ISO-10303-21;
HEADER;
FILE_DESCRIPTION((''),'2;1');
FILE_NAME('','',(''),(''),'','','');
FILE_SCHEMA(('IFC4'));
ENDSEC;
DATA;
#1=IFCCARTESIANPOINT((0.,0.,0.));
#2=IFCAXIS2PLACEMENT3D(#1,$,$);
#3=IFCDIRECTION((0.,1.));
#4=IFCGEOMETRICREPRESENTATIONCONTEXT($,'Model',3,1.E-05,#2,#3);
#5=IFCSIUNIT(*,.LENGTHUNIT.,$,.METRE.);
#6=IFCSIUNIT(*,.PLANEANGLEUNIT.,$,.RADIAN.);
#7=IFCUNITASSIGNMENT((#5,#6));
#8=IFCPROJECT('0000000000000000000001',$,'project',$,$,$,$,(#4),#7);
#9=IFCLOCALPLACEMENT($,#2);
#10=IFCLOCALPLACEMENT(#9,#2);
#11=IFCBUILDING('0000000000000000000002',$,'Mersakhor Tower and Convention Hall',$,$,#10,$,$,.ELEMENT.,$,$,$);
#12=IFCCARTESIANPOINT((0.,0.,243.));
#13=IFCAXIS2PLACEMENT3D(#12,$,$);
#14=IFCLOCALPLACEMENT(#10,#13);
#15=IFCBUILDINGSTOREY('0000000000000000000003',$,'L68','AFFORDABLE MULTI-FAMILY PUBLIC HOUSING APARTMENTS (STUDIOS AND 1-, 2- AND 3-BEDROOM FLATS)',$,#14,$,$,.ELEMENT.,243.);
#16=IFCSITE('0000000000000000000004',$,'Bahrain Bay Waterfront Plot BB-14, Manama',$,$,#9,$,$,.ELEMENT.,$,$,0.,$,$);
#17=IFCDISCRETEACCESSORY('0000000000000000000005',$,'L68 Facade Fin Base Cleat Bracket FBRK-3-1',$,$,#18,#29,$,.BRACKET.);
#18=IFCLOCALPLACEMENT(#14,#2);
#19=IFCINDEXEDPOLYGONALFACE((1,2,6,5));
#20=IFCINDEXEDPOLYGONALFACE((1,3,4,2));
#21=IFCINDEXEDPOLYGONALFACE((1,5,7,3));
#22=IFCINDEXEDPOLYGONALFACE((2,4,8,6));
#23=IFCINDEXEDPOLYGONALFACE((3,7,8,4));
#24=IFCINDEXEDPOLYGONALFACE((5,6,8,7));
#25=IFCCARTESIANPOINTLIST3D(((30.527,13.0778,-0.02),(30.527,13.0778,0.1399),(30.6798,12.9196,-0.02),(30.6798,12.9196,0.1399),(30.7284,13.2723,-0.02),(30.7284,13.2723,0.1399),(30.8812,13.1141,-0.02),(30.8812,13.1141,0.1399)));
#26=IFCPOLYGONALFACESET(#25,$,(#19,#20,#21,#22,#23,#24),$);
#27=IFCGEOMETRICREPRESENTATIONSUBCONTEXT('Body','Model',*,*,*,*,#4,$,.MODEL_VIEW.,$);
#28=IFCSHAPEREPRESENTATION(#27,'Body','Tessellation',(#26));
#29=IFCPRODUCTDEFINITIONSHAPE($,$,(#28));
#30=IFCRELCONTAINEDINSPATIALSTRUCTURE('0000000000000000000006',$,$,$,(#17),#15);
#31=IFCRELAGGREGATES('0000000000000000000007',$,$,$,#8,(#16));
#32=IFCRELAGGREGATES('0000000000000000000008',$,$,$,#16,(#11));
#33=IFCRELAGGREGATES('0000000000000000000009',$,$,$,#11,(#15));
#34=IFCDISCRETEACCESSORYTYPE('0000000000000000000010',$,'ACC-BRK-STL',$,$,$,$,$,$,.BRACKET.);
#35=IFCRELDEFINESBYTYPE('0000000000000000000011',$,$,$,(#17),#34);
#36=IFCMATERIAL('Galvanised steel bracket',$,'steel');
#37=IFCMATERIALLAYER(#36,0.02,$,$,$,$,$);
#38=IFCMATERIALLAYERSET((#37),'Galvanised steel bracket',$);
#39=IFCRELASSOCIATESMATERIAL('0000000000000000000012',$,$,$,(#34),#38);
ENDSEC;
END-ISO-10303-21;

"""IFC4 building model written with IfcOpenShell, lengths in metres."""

from ifc_helpers import new_model, si_unit, direction, frame, origin, origin_2d, place, context, subcontext, project, spatial, rectangle, extrude, material, layer, layer_set, type_object, element, save


model = new_model("IFC4")

# Units and contexts
model_context = context("Model", 3, precision=1e-05, world=origin(), true_north=direction((0.0, 1.0)))
body_context = subcontext(model_context, "Body", "Model", "MODEL_VIEW")
ifc_project = project(units=[si_unit("LENGTHUNIT", "METRE"), si_unit("PLANEANGLEUNIT", "RADIAN")], contexts=[model_context])

# Site, building, storey
site_placement = place(None, origin())
site = spatial("IfcSite", under=ifc_project, at=site_placement, Name="Bahrain Bay Waterfront Plot BB-14, Manama", CompositionType="ELEMENT", RefElevation=0.0)
building_placement = place(site_placement, origin())
building = spatial("IfcBuilding", under=site, at=building_placement, Name="Mersakhor Tower and Convention Hall", CompositionType="ELEMENT")
storey_placement = place(building_placement, frame((0.0, 0.0, 243.0)))
storey = spatial("IfcBuildingStorey", under=building, at=storey_placement, Name="L68", Description="AFFORDABLE MULTI-FAMILY PUBLIC HOUSING APARTMENTS (STUDIOS AND 1-, 2- AND 3-BEDROOM FLATS)", CompositionType="ELEMENT", Elevation=243.0)

# Discrete accessory
ifc_material_1 = material(Name="Galvanised steel bracket", Category="steel")
ifc_layer_1 = layer(ifc_material_1, 0.02)
ifc_layer_set_1 = layer_set([ifc_layer_1], Name="Galvanised steel bracket")
discrete_accessory_type = type_object("IfcDiscreteAccessoryType", Name="ACC-BRK-STL", PredefinedType="BRACKET", material=ifc_layer_set_1)
discrete_accessory_placement = place(storey_placement, frame((30.7041, 13.0959, -0.02), z_axis=(0.0, 0.0, 1.0), x_axis=(-0.71934, -0.694658, 0.0)))
element("IfcDiscreteAccessory", 1, at=discrete_accessory_placement, inside=storey, type_object=discrete_accessory_type, Name="L68 Facade Fin Base Cleat Bracket FBRK-3-1", PredefinedType="BRACKET", context=body_context, shape_type="SweptSolid", body=[
    extrude(rectangle(XDim=0.28, YDim=0.22, at=origin_2d()), origin(), (0.0, 0.0, 1.0), 0.1599),
])

save(model, "model.ifc")
